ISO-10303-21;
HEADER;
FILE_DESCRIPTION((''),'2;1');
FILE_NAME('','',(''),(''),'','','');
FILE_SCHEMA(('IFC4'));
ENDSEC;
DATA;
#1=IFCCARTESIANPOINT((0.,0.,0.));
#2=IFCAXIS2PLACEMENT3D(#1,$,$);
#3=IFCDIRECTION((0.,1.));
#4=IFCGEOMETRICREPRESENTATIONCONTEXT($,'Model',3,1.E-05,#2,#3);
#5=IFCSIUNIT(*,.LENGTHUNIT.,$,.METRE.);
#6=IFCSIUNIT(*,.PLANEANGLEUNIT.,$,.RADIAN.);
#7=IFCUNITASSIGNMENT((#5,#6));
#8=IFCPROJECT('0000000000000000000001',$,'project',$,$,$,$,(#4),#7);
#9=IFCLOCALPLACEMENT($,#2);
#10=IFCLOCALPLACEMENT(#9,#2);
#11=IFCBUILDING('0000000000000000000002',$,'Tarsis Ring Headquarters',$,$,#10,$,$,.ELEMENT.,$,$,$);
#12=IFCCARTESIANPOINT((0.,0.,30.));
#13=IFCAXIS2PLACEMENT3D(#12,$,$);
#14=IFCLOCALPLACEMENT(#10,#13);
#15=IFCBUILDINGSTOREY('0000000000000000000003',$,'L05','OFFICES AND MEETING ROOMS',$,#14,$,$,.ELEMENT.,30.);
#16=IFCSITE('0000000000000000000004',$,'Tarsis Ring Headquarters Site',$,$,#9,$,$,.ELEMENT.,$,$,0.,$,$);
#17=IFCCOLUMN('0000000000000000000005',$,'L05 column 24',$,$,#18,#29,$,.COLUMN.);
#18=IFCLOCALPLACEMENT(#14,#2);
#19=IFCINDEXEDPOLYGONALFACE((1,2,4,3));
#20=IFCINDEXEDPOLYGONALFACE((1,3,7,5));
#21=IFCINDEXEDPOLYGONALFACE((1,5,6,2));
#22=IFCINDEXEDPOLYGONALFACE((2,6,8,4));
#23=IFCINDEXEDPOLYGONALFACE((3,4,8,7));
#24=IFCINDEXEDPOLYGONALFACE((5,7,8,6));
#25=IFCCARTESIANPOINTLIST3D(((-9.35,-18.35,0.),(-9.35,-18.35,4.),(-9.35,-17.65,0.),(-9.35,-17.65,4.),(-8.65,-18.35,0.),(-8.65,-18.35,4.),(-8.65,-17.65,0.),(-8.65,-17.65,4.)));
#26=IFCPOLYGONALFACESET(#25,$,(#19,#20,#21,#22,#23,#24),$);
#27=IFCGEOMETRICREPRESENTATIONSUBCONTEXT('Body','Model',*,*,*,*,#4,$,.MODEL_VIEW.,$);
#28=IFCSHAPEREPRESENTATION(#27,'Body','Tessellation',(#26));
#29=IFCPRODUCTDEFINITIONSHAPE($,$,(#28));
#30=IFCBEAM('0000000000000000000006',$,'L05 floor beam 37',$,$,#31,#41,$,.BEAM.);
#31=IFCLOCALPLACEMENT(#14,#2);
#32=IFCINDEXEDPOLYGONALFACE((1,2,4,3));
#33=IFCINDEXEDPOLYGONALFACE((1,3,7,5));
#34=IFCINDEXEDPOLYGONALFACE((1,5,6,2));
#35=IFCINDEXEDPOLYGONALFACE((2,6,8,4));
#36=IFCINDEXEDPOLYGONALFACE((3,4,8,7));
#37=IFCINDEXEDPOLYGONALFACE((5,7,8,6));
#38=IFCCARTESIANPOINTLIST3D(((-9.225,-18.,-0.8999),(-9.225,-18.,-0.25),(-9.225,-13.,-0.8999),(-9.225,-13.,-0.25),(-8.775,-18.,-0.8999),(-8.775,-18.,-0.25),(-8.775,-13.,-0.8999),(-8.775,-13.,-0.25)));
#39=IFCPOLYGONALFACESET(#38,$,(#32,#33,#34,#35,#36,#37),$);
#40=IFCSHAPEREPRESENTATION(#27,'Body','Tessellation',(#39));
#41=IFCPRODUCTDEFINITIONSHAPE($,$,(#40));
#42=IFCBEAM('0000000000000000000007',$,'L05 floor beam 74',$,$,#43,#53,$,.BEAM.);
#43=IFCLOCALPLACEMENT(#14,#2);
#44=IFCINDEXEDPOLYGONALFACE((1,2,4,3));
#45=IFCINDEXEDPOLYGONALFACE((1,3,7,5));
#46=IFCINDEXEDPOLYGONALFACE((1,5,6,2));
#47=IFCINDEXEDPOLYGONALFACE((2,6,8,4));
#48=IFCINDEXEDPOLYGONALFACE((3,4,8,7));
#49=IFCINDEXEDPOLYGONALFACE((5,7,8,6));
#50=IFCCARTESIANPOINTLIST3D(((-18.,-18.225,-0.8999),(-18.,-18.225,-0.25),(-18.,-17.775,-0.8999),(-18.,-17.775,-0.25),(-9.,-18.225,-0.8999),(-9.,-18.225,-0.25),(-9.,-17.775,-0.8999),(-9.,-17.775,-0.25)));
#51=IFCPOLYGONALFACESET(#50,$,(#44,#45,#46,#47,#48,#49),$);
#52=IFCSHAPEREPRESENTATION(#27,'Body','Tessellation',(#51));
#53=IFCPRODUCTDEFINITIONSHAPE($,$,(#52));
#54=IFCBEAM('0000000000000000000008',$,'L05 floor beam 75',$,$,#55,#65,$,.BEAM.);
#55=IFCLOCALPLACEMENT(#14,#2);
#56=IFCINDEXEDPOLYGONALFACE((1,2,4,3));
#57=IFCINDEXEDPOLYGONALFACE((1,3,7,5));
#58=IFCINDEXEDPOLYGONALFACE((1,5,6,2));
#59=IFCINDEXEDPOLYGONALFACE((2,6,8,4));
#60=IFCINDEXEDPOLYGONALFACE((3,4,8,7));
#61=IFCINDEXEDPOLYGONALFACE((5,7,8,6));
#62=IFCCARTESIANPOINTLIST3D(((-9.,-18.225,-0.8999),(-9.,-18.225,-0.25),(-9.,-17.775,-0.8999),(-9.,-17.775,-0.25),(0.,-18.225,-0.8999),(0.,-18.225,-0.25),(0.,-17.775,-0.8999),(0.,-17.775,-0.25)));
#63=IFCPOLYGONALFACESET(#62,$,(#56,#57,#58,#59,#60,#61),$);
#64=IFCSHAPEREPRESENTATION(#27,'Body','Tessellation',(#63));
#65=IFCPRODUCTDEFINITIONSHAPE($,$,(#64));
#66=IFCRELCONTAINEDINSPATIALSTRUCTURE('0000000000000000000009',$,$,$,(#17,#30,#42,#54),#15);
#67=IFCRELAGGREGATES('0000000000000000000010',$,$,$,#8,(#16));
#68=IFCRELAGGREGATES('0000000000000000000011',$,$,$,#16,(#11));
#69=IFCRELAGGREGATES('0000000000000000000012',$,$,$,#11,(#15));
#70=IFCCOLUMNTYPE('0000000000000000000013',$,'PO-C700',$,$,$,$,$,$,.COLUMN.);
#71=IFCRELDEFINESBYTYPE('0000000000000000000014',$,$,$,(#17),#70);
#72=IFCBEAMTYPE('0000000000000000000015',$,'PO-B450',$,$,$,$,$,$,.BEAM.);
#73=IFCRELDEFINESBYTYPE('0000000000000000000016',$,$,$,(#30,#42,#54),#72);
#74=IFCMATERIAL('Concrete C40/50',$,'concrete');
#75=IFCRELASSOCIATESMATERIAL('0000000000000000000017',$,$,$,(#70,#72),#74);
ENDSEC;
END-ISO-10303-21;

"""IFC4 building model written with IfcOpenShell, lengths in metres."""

from ifc_helpers import new_model, si_unit, direction, frame, origin, origin_2d, place, context, subcontext, project, spatial, rectangle, extrude, material, material_profile, profile_set, type_object, element, save


model = new_model("IFC4")

# Units and contexts
model_context = context("Model", 3, precision=1e-05, world=origin(), true_north=direction((0.0, 1.0)))
body_context = subcontext(model_context, "Body", "Model", "MODEL_VIEW")
ifc_project = project(units=[si_unit("LENGTHUNIT", "METRE"), si_unit("PLANEANGLEUNIT", "RADIAN")], contexts=[model_context])

# Site, building, storey
site_placement = place(None, origin())
site = spatial("IfcSite", under=ifc_project, at=site_placement, Name="Tarsis Ring Headquarters Site", CompositionType="ELEMENT", RefElevation=0.0)
building_placement = place(site_placement, origin())
building = spatial("IfcBuilding", under=site, at=building_placement, Name="Tarsis Ring Headquarters", CompositionType="ELEMENT")
storey_placement = place(building_placement, frame((0.0, 0.0, 30.0)))
storey = spatial("IfcBuildingStorey", under=building, at=storey_placement, Name="L05", Description="OFFICES AND MEETING ROOMS", CompositionType="ELEMENT", Elevation=30.0)

# Column
ifc_material_1 = material(Name="Concrete C40/50", Category="concrete")
ifc_material_profile_1 = material_profile(ifc_material_1, rectangle(XDim=0.7, YDim=0.7, at=origin_2d()), Name="PO-C700")
ifc_profile_set_1 = profile_set([ifc_material_profile_1], Name="Concrete C40/50")
column_type = type_object("IfcColumnType", Name="PO-C700", PredefinedType="COLUMN", material=ifc_profile_set_1)
column_placement = place(storey_placement, frame((-9.0, -18.0, 0.0), z_axis=(0.0, 0.0, 1.0), x_axis=(1.0, 0.0, 0.0)))
element("IfcColumn", 1, at=column_placement, inside=storey, type_object=column_type, Name="L05 column 24", PredefinedType="COLUMN", context=body_context, shape_type="SweptSolid", body=[
    extrude(rectangle(XDim=0.7, YDim=0.7, at=origin_2d()), origin(), (0.0, 0.0, 1.0), 4.0),
])

# Beams
ifc_material_profile_2 = material_profile(ifc_material_1, rectangle(XDim=0.45, YDim=0.6499, at=origin_2d()), Name="PO-B450")
ifc_profile_set_2 = profile_set([ifc_material_profile_2], Name="Concrete C40/50")
beam_type = type_object("IfcBeamType", Name="PO-B450", PredefinedType="BEAM", material=ifc_profile_set_2)
beam_placement = place(storey_placement, frame((-9.0, -18.0, -0.575), z_axis=(0.0, 1.0, 0.0), x_axis=(-1.0, 0.0, 0.0)))
element("IfcBeam", 2, at=beam_placement, inside=storey, type_object=beam_type, Name="L05 floor beam 37", PredefinedType="BEAM", context=body_context, shape_type="SweptSolid", body=[
    extrude(rectangle(XDim=0.45, YDim=0.6499, at=origin_2d()), origin(), (0.0, 0.0, 1.0), 5.0),
])
for number, where, z_axis, x_axis, name in (
    (3, (-18.0, -18.0, -0.575), (1.0, 0.0, 0.0), (0.0, 1.0, 0.0), "L05 floor beam 74"),
    (4, (-9.0, -18.0, -0.575), (1.0, 0.0, 0.0), (0.0, 1.0, 0.0), "L05 floor beam 75"),
):
    element("IfcBeam", number, at=place(storey_placement, frame(where, z_axis=z_axis, x_axis=x_axis)), inside=storey, type_object=beam_type, Name=name, PredefinedType="BEAM", context=body_context, shape_type="SweptSolid", body=[
        extrude(rectangle(XDim=0.45, YDim=0.6499, at=origin_2d()), origin(), (0.0, 0.0, 1.0), 9.0),
    ])

save(model, "model.ifc")
